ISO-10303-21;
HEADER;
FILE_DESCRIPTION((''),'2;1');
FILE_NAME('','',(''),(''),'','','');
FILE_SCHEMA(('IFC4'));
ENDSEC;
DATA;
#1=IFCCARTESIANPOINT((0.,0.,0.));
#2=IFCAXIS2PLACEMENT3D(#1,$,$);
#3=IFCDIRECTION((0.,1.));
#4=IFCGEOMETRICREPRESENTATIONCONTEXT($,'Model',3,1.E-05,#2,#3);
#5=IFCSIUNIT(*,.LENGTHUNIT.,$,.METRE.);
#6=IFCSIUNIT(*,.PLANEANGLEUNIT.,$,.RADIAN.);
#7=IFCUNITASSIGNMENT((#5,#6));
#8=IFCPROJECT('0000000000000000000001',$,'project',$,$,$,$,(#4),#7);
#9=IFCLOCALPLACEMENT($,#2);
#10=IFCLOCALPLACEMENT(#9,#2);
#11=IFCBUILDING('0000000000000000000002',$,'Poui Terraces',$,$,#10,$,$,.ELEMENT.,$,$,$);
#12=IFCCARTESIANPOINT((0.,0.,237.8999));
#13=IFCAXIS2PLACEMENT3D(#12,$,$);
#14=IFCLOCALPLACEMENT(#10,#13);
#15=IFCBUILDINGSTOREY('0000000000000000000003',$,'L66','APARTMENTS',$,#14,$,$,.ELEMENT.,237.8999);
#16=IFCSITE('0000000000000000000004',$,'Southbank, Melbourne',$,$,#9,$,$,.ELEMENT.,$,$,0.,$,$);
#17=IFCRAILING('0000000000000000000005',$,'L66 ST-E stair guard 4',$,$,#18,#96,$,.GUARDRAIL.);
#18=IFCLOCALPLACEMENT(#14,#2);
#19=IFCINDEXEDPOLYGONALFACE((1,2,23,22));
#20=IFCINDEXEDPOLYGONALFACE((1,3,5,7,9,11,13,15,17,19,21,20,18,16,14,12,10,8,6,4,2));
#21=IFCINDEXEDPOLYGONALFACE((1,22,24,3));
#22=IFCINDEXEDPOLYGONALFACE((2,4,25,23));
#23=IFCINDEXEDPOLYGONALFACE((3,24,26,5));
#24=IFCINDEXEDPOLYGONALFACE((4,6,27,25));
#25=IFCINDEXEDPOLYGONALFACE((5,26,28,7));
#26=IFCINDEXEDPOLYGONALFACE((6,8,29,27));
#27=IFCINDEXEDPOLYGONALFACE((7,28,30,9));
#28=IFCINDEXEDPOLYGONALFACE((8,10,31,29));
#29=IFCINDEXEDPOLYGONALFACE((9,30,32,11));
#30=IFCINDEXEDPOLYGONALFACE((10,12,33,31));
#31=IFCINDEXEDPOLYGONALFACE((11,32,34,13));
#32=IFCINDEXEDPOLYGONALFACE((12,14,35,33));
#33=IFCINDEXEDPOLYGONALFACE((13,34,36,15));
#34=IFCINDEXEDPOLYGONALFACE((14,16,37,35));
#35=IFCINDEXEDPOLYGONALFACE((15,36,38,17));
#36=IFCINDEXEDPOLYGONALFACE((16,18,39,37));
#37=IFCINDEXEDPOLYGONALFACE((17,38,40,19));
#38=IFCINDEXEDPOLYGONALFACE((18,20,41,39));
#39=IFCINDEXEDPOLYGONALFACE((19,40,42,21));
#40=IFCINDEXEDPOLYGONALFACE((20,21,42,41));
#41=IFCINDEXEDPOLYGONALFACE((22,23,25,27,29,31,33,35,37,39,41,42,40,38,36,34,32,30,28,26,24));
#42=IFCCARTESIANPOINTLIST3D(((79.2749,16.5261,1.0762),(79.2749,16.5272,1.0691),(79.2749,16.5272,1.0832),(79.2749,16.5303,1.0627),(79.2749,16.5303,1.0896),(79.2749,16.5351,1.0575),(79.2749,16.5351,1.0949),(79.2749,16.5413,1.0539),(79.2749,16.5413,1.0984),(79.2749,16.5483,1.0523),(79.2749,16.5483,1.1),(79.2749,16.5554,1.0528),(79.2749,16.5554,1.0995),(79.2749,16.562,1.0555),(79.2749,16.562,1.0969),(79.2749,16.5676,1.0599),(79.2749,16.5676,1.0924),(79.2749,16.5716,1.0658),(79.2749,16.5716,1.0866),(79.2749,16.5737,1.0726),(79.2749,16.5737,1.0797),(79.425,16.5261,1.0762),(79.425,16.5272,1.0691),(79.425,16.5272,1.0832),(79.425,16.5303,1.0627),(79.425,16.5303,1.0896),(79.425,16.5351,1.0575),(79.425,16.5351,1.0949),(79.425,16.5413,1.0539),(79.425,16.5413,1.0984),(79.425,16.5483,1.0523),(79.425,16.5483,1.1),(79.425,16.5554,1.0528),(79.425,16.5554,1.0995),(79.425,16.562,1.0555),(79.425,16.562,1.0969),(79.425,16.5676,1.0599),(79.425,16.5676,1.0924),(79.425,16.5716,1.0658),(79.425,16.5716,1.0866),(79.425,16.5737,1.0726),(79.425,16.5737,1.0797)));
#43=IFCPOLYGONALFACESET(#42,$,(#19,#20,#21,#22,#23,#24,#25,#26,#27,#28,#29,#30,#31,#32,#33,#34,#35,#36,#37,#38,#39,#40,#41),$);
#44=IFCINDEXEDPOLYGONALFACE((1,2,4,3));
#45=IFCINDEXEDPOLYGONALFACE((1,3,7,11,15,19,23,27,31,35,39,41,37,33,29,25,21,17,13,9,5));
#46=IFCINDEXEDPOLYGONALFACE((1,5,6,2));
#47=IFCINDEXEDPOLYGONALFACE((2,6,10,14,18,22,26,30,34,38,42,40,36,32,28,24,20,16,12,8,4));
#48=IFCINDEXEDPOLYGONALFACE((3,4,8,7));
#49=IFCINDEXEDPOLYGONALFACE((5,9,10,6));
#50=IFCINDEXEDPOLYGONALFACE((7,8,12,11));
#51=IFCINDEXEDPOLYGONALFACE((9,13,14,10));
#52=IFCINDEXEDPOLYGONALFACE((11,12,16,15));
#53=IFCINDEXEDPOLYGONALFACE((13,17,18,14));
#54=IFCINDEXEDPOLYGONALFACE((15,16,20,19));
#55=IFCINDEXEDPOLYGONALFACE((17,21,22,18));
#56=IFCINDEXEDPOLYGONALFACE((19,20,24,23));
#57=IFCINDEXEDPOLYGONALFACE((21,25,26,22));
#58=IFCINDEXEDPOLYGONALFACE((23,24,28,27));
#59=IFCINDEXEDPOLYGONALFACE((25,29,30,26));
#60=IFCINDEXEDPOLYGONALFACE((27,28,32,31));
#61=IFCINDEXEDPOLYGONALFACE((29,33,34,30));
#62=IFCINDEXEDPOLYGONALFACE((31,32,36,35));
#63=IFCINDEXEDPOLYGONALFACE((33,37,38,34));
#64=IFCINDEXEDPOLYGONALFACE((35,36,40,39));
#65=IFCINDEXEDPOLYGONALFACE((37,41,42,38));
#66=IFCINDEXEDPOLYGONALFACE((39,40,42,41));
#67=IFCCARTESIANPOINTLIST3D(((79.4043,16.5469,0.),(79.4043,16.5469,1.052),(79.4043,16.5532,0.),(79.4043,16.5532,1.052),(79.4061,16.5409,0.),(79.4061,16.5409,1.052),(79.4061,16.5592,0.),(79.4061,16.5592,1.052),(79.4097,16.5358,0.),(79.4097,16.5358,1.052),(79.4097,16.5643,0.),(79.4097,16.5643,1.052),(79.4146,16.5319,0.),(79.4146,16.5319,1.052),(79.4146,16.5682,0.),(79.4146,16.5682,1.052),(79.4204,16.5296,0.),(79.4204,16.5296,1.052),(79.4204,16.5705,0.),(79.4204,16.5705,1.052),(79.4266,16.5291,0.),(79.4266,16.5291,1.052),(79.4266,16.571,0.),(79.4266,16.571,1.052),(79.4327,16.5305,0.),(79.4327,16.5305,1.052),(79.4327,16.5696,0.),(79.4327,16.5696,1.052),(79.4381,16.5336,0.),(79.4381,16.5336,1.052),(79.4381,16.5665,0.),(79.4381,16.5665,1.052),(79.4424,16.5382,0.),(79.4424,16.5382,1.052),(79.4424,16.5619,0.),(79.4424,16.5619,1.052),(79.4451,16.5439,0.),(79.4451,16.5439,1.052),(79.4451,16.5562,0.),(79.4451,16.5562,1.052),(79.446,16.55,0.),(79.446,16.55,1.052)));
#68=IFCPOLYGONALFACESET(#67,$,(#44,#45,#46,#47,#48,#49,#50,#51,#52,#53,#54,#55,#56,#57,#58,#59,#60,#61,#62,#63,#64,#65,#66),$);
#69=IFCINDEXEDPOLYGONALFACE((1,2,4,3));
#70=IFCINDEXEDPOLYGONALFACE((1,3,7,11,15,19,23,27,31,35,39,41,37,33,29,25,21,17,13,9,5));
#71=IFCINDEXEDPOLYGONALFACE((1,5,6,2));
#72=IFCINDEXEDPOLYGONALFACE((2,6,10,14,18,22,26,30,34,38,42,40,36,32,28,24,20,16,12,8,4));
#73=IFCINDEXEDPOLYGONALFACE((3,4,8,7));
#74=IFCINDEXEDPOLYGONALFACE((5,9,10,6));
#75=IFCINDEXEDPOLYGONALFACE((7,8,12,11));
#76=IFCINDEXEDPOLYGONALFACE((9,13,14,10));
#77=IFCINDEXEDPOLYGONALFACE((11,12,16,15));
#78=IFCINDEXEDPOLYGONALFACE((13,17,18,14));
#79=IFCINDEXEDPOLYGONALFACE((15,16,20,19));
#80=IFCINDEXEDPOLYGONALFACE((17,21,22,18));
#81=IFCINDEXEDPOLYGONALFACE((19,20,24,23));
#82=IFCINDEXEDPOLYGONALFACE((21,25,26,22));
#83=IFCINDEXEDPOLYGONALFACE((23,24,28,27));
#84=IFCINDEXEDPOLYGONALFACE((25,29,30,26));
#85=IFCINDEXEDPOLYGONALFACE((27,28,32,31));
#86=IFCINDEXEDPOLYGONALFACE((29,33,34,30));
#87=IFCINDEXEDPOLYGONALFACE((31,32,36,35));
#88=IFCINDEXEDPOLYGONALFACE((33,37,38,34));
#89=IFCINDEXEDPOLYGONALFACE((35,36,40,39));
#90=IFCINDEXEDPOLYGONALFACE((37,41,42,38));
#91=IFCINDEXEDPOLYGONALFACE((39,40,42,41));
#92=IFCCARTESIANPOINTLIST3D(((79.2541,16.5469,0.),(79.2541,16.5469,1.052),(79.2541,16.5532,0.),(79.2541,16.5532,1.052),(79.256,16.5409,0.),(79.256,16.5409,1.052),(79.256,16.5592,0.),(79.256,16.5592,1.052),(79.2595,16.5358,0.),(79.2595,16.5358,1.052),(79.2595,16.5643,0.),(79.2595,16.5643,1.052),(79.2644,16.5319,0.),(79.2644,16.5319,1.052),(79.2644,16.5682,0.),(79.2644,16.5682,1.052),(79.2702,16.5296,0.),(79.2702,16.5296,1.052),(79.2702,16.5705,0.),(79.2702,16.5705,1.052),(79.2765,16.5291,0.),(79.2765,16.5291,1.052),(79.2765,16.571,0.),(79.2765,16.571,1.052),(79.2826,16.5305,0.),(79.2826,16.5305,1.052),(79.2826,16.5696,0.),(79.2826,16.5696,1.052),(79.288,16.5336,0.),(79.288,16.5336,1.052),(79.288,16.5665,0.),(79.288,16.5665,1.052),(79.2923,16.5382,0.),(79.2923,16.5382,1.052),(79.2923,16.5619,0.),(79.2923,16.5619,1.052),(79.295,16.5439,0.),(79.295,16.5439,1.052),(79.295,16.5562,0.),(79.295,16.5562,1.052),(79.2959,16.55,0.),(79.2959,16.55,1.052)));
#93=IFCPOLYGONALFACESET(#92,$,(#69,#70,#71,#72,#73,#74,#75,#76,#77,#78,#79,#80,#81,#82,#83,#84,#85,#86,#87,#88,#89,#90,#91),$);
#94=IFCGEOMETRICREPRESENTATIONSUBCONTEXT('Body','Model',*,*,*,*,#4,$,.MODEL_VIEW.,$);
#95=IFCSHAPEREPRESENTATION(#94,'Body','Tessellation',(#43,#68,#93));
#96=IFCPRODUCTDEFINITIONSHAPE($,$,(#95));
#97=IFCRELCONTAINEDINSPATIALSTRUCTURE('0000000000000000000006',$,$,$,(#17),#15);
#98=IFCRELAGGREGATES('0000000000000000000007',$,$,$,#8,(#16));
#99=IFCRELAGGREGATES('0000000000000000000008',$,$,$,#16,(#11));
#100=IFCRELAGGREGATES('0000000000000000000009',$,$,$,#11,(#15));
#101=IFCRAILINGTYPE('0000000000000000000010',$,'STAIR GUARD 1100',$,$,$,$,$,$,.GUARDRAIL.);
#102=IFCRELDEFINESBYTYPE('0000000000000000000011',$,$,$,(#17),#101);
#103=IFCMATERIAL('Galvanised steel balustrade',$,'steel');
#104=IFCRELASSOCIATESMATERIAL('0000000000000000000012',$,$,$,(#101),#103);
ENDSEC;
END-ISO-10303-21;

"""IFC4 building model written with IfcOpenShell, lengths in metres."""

from ifc_helpers import new_model, si_unit, direction, frame, origin, origin_2d, place, context, subcontext, project, spatial, circle, extrude, material, type_object, element, save


model = new_model("IFC4")

# Units and contexts
model_context = context("Model", 3, precision=1e-05, world=origin(), true_north=direction((0.0, 1.0)))
body_context = subcontext(model_context, "Body", "Model", "MODEL_VIEW")
ifc_project = project(units=[si_unit("LENGTHUNIT", "METRE"), si_unit("PLANEANGLEUNIT", "RADIAN")], contexts=[model_context])

# Site, building, storey
site_placement = place(None, origin())
site = spatial("IfcSite", under=ifc_project, at=site_placement, Name="Southbank, Melbourne", CompositionType="ELEMENT", RefElevation=0.0)
building_placement = place(site_placement, origin())
building = spatial("IfcBuilding", under=site, at=building_placement, Name="Poui Terraces", CompositionType="ELEMENT")
storey_placement = place(building_placement, frame((0.0, 0.0, 237.8999)))
storey = spatial("IfcBuildingStorey", under=building, at=storey_placement, Name="L66", Description="APARTMENTS", CompositionType="ELEMENT", Elevation=237.8999)

# Railing
ifc_material_1 = material(Name="Galvanised steel balustrade", Category="steel")
railing_type_1 = type_object("IfcRailingType", Name="STAIR GUARD 1100", PredefinedType="GUARDRAIL", material=ifc_material_1)
railing_1_placement = place(storey_placement, frame((79.425, 16.55, 0.0)))
element("IfcRailing", 1, at=railing_1_placement, inside=storey, type_object=railing_type_1, Name="L66 ST-E stair guard 4", PredefinedType="GUARDRAIL", context=body_context, shape_type="SweptSolid", body=[
    extrude(circle(Radius=0.0239, at=origin_2d()), frame((0.0, 0.0, 1.0762), z_axis=(-1.0, 0.0, 0.0), x_axis=(0.0, -1.0, 0.0)), (0.0, 0.0, 1.0), 0.1501),
    extrude(circle(Radius=0.021, at=origin_2d()), origin(), (0.0, 0.0, 1.0), 1.052),
    extrude(circle(Radius=0.021, at=origin_2d()), frame((-0.1501, 0.0, 0.0)), (0.0, 0.0, 1.0), 1.052),
])

save(model, "model.ifc")
